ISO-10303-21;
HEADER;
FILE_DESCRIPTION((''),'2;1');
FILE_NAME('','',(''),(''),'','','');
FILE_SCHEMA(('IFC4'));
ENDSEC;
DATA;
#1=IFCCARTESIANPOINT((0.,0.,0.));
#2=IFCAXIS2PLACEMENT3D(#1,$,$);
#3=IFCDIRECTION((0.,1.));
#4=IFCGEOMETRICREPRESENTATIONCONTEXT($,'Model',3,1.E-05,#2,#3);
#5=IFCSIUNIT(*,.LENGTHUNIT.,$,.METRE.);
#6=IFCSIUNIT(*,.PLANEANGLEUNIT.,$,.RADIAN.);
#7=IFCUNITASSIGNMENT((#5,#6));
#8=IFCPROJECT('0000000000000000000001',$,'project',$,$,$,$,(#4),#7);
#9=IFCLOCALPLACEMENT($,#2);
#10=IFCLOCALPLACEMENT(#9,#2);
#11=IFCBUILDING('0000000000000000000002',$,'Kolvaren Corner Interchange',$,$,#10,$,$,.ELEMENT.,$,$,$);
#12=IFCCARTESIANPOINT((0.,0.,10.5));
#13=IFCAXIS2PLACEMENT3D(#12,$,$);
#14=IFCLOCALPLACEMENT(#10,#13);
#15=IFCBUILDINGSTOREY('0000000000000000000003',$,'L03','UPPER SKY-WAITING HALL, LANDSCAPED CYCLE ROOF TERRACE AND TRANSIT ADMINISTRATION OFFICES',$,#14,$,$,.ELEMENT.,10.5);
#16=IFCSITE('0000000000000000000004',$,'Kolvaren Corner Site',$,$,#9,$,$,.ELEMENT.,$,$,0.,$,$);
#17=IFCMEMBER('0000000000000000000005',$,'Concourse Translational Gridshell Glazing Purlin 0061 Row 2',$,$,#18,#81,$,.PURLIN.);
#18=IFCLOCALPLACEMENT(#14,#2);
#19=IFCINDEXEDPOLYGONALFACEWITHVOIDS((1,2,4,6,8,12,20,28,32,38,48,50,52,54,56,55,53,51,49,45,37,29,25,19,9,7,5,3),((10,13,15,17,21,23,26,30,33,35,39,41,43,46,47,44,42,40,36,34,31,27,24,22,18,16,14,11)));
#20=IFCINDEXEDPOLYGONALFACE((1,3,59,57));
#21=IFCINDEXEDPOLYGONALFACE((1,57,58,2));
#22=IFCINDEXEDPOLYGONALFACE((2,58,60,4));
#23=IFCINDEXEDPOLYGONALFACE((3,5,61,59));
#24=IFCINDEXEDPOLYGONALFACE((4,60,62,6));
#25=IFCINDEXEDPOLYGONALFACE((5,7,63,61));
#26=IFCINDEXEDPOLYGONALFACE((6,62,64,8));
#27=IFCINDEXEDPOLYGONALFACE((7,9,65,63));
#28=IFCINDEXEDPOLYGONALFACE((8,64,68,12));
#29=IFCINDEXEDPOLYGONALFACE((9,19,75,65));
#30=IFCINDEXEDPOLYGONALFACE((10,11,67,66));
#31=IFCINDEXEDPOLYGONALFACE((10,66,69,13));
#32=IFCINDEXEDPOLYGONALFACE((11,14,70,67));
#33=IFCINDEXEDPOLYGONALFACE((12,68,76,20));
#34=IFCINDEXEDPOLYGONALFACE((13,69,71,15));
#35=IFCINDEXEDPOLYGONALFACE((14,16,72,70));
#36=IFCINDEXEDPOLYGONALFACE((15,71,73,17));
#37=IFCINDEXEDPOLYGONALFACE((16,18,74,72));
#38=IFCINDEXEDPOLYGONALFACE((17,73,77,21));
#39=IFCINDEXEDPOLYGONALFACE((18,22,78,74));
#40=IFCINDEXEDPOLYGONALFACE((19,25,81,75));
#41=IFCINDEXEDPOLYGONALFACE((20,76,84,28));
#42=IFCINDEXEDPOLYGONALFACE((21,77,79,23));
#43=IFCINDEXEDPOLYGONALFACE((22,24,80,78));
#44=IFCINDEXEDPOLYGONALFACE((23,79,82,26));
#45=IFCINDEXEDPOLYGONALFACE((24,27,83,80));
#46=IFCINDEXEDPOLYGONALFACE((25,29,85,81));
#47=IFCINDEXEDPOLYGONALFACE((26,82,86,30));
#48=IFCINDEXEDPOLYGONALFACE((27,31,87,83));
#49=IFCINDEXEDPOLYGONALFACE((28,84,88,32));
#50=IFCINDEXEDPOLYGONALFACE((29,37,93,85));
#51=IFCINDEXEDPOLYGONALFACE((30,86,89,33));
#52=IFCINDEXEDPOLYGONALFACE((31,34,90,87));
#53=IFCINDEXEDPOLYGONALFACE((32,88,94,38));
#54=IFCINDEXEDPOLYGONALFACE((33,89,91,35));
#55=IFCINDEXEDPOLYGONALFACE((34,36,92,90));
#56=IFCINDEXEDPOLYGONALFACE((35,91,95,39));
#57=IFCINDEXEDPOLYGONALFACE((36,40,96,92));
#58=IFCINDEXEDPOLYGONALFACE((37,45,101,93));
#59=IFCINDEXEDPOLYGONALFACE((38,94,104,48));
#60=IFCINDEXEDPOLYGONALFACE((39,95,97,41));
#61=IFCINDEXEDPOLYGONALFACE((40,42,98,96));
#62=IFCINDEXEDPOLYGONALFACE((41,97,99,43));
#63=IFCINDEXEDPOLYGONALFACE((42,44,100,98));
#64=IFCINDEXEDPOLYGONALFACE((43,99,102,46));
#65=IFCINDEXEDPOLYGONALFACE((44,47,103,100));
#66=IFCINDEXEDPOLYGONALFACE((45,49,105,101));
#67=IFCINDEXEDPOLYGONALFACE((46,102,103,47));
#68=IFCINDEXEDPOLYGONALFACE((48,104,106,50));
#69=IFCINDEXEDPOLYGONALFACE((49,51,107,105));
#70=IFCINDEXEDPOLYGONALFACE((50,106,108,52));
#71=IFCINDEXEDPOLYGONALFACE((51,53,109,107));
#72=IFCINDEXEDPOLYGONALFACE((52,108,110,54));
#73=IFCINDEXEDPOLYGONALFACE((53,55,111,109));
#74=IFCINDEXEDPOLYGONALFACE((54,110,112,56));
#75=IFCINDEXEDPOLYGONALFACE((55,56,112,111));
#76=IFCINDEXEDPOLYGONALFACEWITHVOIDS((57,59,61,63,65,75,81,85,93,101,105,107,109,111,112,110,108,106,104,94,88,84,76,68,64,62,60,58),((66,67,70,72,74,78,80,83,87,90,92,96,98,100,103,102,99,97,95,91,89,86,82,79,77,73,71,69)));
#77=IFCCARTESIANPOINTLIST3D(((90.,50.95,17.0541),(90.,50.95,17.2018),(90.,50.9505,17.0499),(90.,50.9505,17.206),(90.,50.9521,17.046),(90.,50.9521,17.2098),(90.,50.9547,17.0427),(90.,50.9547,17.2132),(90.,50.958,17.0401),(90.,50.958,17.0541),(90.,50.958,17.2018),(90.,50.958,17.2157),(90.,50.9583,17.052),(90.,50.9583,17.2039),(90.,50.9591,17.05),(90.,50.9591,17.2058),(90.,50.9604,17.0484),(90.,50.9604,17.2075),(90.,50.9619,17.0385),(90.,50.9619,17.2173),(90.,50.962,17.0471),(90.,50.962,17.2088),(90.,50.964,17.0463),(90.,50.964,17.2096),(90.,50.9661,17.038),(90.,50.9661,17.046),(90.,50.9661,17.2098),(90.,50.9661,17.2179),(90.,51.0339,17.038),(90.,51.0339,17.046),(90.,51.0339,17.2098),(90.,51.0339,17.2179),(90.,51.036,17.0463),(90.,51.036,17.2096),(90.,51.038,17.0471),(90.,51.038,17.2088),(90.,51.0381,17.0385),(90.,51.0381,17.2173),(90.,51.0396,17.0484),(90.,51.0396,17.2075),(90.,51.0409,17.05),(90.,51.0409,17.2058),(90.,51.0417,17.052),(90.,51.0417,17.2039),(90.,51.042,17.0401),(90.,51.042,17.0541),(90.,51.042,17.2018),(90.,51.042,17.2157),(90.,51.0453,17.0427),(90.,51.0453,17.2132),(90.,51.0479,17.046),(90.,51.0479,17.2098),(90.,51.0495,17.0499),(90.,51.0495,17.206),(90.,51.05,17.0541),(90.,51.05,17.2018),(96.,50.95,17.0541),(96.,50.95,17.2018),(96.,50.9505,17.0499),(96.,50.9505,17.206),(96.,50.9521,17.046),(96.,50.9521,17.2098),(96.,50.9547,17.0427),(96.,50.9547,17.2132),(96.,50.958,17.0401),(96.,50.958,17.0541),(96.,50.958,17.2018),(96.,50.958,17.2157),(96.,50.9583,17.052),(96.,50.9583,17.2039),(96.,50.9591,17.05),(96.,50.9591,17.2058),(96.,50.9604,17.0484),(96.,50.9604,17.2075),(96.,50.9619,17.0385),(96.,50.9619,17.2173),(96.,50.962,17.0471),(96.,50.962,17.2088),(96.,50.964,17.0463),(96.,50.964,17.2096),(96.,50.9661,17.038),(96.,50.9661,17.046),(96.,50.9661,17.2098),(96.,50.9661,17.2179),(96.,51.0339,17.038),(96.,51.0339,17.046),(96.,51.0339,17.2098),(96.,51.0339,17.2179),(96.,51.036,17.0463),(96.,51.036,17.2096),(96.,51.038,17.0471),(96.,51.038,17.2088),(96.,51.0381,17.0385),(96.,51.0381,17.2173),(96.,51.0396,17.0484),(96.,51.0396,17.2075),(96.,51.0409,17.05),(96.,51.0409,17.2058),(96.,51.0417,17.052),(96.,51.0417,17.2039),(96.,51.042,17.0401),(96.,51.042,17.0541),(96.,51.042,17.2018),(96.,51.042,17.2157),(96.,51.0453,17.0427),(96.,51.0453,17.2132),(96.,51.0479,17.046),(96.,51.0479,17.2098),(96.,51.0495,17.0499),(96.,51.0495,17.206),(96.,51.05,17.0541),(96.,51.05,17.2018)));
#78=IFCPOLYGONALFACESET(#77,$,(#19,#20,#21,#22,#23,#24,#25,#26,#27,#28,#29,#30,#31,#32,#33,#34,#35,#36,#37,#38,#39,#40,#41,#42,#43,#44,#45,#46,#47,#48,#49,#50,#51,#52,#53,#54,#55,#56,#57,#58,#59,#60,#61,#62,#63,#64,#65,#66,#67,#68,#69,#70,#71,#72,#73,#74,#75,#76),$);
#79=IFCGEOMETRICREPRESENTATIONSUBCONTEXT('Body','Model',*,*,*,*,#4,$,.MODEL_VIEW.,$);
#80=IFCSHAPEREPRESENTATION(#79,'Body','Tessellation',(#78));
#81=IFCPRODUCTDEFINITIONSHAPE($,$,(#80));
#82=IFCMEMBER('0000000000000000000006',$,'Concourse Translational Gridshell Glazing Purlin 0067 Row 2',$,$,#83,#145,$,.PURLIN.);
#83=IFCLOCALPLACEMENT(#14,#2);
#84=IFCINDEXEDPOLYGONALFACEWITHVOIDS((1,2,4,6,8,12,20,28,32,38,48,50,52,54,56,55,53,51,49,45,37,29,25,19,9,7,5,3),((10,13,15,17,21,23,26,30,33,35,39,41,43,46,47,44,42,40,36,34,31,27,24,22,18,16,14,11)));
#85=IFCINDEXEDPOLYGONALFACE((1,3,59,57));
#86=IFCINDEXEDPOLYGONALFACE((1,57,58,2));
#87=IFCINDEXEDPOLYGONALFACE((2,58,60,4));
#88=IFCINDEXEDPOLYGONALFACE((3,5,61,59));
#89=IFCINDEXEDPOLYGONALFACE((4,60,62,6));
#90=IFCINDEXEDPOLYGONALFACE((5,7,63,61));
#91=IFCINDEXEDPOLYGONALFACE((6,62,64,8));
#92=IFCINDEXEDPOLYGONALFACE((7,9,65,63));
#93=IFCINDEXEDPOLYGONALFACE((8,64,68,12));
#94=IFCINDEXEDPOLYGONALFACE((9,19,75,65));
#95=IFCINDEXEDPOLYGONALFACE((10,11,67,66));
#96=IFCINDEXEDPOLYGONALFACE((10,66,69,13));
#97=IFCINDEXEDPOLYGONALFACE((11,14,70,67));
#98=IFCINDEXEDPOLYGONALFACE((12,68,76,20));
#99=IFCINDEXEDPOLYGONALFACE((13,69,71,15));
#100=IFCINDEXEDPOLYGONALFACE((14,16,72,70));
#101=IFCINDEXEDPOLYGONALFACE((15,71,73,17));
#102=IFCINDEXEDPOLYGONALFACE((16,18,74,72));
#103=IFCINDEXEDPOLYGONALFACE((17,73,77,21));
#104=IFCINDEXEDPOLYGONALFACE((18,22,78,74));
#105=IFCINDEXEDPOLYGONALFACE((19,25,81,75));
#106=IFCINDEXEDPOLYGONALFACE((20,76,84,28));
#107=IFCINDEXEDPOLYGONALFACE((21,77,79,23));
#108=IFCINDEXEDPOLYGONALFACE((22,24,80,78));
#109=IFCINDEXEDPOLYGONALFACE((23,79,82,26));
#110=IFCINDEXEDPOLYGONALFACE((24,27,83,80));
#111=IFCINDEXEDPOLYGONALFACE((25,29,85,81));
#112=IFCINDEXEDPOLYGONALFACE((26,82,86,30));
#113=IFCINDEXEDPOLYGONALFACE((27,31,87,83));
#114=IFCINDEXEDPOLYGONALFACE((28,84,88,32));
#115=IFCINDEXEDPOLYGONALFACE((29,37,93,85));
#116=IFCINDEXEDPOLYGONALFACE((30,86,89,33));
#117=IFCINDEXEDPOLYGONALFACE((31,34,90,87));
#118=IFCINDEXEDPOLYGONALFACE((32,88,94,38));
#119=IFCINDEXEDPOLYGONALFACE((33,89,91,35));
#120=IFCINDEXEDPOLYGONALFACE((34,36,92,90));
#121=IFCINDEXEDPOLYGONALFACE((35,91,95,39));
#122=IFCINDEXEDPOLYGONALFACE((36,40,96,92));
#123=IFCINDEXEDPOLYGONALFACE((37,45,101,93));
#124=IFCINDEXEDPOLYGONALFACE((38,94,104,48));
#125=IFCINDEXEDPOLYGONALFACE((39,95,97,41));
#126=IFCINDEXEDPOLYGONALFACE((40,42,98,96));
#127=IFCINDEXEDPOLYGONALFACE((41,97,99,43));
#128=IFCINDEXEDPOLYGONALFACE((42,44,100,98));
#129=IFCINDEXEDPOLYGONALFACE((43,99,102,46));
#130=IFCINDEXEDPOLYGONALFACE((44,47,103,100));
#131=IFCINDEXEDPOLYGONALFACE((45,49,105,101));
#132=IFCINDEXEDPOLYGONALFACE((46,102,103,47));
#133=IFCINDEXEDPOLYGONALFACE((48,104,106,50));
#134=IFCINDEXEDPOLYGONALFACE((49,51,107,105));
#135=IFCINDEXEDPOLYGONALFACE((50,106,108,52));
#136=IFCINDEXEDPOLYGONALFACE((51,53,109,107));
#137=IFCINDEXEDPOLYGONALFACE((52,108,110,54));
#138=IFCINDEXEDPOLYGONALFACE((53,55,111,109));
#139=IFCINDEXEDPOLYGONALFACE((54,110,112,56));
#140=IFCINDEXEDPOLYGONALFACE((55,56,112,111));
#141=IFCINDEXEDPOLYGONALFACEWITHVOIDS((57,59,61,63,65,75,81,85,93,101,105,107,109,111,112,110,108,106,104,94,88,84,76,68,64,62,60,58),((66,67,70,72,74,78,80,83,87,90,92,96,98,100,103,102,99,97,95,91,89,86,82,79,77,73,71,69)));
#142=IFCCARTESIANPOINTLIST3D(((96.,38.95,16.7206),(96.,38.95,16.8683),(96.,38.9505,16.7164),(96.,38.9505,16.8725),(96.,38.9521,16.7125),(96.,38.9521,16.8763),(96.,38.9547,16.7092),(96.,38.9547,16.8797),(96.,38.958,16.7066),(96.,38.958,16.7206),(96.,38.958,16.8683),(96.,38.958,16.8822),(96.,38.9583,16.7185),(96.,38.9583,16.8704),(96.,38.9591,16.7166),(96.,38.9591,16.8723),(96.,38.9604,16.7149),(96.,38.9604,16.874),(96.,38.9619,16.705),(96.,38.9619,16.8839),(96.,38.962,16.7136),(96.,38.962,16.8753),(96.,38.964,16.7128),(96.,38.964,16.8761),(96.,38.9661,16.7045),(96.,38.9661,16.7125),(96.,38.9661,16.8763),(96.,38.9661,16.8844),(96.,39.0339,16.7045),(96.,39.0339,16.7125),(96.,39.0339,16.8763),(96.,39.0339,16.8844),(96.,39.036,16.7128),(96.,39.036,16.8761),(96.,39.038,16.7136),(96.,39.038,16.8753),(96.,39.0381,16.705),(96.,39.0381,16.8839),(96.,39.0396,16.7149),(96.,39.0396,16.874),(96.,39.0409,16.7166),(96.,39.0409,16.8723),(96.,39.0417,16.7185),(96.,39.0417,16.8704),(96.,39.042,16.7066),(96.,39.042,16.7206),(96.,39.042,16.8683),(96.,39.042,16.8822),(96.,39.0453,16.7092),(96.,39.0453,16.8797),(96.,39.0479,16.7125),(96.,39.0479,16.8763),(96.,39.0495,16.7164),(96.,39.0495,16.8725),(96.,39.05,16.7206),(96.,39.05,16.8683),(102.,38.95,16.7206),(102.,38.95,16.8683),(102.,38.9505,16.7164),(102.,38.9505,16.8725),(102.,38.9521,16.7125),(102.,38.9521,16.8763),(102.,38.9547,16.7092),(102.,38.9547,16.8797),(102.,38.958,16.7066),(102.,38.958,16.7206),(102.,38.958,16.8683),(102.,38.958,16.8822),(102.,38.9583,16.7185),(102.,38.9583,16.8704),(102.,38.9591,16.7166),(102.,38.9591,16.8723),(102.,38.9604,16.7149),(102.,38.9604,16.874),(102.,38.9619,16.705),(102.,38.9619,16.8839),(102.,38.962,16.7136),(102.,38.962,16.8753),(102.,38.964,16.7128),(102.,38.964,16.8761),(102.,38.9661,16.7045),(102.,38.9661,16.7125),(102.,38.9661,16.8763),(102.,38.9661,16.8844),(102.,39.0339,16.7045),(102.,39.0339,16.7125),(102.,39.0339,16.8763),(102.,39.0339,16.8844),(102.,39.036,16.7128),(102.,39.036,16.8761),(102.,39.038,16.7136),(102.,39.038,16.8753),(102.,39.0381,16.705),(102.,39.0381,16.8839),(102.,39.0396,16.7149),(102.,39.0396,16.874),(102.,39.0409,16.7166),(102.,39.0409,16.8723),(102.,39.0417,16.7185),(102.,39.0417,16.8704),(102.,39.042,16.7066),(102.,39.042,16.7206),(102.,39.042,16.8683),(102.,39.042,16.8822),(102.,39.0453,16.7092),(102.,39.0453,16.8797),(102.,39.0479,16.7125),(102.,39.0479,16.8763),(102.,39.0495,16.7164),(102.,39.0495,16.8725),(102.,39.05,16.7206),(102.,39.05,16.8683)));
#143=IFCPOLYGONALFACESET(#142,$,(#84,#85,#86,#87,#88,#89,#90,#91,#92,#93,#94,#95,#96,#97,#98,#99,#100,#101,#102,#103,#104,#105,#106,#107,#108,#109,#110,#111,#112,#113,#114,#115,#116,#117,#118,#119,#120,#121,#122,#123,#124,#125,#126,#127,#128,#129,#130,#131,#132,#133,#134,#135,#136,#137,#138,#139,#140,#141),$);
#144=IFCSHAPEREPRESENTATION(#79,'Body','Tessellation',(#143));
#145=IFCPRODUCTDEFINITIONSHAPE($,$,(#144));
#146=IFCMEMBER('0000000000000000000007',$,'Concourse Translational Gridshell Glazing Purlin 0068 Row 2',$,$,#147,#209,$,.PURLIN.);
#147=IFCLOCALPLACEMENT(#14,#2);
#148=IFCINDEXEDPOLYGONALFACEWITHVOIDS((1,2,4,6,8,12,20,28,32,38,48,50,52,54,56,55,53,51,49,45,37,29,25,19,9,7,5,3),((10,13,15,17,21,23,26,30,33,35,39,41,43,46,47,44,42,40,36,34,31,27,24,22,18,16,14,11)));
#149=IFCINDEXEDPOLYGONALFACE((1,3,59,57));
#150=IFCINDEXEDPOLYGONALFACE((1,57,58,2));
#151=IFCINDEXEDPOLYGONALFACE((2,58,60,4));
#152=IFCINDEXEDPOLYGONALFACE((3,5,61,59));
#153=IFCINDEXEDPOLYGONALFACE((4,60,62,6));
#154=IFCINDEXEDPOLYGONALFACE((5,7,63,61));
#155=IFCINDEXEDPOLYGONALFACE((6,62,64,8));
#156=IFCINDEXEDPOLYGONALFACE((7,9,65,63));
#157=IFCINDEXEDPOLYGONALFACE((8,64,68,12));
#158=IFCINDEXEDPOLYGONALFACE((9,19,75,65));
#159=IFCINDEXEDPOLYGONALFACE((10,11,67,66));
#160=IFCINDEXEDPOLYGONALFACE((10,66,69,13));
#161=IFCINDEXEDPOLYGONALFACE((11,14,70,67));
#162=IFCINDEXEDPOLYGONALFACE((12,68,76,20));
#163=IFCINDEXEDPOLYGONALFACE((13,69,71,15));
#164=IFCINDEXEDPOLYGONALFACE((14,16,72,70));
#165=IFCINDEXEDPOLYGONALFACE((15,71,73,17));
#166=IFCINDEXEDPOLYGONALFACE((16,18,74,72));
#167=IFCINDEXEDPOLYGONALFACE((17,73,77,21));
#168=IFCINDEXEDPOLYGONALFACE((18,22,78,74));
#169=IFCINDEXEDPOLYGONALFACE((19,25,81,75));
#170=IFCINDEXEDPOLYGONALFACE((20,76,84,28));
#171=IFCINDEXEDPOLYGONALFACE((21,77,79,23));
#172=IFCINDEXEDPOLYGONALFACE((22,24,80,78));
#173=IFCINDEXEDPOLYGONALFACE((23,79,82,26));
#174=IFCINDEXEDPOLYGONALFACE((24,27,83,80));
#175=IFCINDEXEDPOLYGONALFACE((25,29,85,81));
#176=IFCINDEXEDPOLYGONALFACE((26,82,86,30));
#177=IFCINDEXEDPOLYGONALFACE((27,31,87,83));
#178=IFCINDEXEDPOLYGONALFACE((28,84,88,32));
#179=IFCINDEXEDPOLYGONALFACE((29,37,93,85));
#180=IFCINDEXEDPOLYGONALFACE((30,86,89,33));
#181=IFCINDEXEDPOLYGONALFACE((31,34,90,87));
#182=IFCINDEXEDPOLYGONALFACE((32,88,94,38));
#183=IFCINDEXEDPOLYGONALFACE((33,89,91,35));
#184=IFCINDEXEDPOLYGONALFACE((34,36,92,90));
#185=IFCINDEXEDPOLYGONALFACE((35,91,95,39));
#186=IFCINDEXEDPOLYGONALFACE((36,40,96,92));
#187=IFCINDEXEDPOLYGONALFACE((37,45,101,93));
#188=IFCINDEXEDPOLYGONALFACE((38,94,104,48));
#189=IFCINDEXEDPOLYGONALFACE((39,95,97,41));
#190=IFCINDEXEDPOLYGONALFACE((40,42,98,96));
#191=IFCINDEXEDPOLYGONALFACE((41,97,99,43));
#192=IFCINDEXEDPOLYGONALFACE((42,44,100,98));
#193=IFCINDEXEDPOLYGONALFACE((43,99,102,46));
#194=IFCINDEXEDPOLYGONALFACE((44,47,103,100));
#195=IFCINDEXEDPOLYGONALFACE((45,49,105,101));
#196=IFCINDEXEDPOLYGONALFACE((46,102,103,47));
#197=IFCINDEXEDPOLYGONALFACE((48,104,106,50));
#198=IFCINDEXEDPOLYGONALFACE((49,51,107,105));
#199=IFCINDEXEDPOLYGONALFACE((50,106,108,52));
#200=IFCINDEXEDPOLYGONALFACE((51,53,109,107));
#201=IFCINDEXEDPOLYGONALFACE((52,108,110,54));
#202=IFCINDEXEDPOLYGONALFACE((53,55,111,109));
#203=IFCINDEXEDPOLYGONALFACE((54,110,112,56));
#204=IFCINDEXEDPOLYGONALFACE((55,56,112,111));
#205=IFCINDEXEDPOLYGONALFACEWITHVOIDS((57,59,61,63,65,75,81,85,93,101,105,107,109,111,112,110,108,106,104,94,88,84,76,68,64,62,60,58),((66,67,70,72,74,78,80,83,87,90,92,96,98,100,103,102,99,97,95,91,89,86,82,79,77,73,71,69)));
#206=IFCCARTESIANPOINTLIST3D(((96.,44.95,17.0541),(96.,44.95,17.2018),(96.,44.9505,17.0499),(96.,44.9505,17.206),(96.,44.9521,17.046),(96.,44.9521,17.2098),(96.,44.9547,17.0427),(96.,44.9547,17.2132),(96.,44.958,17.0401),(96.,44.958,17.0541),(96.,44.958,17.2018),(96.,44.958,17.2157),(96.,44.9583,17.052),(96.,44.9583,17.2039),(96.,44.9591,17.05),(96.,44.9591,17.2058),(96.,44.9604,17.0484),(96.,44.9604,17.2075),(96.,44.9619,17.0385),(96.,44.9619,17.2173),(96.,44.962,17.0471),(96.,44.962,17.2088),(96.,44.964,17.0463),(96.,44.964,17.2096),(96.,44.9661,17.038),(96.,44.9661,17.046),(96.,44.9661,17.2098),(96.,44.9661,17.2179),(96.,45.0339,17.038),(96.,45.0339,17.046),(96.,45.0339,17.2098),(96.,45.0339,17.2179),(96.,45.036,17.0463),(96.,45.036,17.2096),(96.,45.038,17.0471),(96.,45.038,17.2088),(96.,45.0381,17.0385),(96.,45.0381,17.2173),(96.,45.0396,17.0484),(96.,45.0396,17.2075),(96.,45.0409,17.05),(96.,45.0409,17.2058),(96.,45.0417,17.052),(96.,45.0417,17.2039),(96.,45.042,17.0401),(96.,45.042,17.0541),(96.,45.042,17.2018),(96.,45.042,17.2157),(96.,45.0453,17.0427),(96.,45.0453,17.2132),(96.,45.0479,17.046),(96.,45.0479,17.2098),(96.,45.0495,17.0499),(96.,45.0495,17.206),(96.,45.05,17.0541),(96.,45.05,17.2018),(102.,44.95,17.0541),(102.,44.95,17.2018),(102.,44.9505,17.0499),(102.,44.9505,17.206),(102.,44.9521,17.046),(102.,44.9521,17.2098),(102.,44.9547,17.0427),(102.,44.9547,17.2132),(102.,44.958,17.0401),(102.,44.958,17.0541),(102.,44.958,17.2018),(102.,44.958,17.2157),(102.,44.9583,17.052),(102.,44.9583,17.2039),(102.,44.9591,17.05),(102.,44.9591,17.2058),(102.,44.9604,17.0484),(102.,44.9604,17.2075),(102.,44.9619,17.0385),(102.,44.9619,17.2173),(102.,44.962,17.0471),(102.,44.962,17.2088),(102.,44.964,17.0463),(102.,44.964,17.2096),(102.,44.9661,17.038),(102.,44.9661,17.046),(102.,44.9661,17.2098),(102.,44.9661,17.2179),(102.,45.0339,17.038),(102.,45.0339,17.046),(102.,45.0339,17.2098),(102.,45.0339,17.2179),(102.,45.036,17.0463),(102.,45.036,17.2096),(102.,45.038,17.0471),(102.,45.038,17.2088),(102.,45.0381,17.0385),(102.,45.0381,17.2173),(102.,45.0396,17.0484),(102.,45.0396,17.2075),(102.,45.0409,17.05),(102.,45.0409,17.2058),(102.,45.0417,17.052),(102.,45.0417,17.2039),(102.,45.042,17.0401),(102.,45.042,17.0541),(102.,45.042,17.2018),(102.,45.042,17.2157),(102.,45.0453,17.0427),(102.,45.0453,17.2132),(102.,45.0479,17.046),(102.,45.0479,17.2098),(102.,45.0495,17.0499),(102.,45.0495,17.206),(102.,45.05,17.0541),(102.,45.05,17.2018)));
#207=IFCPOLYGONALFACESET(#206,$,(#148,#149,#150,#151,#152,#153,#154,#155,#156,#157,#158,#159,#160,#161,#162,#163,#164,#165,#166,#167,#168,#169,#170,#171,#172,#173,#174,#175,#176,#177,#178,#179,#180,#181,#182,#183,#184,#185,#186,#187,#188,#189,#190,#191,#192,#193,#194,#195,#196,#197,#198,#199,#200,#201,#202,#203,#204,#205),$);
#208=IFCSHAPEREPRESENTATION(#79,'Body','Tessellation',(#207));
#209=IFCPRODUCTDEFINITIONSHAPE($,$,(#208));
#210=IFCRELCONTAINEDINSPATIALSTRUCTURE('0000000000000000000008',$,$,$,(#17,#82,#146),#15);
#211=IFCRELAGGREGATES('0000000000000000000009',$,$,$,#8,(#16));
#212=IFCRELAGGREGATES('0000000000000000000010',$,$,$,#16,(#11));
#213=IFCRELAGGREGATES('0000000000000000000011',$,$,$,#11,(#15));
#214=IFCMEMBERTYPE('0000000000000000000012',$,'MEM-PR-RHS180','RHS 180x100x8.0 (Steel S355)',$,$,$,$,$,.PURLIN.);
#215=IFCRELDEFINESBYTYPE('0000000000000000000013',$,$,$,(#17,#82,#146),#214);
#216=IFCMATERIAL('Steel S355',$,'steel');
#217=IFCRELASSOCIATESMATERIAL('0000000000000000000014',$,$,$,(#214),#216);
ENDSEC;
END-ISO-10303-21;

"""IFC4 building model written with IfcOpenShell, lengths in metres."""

from ifc_helpers import new_model, si_unit, direction, frame, origin, origin_2d, place, context, subcontext, project, spatial, hollow_rectangle, extrude, material, material_profile, profile_set, type_object, element, save


model = new_model("IFC4")

# Units and contexts
model_context = context("Model", 3, precision=1e-05, world=origin(), true_north=direction((0.0, 1.0)))
body_context = subcontext(model_context, "Body", "Model", "MODEL_VIEW")
ifc_project = project(units=[si_unit("LENGTHUNIT", "METRE"), si_unit("PLANEANGLEUNIT", "RADIAN")], contexts=[model_context])

# Site, building, storey
site_placement = place(None, origin())
site = spatial("IfcSite", under=ifc_project, at=site_placement, Name="Kolvaren Corner Site", CompositionType="ELEMENT", RefElevation=0.0)
building_placement = place(site_placement, origin())
building = spatial("IfcBuilding", under=site, at=building_placement, Name="Kolvaren Corner Interchange", CompositionType="ELEMENT")
storey_placement = place(building_placement, frame((0.0, 0.0, 10.5)))
storey = spatial("IfcBuildingStorey", under=building, at=storey_placement, Name="L03", Description="UPPER SKY-WAITING HALL, LANDSCAPED CYCLE ROOF TERRACE AND TRANSIT ADMINISTRATION OFFICES", CompositionType="ELEMENT", Elevation=10.5)

# Members
ifc_material_1 = material(Name="Steel S355", Category="steel")
ifc_material_profile_1 = material_profile(ifc_material_1, hollow_rectangle(XDim=0.1001, YDim=0.1799, WallThickness=0.0081, InnerFilletRadius=0.0081, OuterFilletRadius=0.0161, at=origin_2d()), Name="RHS 180x100x8.0")
ifc_profile_set_1 = profile_set([ifc_material_profile_1], Name="Steel S355")
member_type_1 = type_object("IfcMemberType", Name="MEM-PR-RHS180", Description="RHS 180x100x8.0 (Steel S355)", PredefinedType="PURLIN", material=ifc_profile_set_1)
for number, where, z_axis, x_axis, name in (
    (1, (90.0, 51.0, 17.1279), (1.0, 0.0, 0.0), (0.0, 1.0, 0.0), "Concourse Translational Gridshell Glazing Purlin 0061 Row 2"),
    (2, (96.0, 39.0, 16.7944), (1.0, 0.0, 0.0), (0.0, 1.0, 0.0), "Concourse Translational Gridshell Glazing Purlin 0067 Row 2"),
    (3, (96.0, 45.0, 17.1279), (1.0, 0.0, 0.0), (0.0, 1.0, 0.0), "Concourse Translational Gridshell Glazing Purlin 0068 Row 2"),
):
    element("IfcMember", number, at=place(storey_placement, frame(where, z_axis=z_axis, x_axis=x_axis)), inside=storey, type_object=member_type_1, Name=name, PredefinedType="PURLIN", context=body_context, shape_type="SweptSolid", body=[
        extrude(hollow_rectangle(XDim=0.1001, YDim=0.1799, WallThickness=0.0081, InnerFilletRadius=0.0081, OuterFilletRadius=0.0161, at=origin_2d()), origin(), (0.0, 0.0, 1.0), 6.0),
    ])

save(model, "model.ifc")
